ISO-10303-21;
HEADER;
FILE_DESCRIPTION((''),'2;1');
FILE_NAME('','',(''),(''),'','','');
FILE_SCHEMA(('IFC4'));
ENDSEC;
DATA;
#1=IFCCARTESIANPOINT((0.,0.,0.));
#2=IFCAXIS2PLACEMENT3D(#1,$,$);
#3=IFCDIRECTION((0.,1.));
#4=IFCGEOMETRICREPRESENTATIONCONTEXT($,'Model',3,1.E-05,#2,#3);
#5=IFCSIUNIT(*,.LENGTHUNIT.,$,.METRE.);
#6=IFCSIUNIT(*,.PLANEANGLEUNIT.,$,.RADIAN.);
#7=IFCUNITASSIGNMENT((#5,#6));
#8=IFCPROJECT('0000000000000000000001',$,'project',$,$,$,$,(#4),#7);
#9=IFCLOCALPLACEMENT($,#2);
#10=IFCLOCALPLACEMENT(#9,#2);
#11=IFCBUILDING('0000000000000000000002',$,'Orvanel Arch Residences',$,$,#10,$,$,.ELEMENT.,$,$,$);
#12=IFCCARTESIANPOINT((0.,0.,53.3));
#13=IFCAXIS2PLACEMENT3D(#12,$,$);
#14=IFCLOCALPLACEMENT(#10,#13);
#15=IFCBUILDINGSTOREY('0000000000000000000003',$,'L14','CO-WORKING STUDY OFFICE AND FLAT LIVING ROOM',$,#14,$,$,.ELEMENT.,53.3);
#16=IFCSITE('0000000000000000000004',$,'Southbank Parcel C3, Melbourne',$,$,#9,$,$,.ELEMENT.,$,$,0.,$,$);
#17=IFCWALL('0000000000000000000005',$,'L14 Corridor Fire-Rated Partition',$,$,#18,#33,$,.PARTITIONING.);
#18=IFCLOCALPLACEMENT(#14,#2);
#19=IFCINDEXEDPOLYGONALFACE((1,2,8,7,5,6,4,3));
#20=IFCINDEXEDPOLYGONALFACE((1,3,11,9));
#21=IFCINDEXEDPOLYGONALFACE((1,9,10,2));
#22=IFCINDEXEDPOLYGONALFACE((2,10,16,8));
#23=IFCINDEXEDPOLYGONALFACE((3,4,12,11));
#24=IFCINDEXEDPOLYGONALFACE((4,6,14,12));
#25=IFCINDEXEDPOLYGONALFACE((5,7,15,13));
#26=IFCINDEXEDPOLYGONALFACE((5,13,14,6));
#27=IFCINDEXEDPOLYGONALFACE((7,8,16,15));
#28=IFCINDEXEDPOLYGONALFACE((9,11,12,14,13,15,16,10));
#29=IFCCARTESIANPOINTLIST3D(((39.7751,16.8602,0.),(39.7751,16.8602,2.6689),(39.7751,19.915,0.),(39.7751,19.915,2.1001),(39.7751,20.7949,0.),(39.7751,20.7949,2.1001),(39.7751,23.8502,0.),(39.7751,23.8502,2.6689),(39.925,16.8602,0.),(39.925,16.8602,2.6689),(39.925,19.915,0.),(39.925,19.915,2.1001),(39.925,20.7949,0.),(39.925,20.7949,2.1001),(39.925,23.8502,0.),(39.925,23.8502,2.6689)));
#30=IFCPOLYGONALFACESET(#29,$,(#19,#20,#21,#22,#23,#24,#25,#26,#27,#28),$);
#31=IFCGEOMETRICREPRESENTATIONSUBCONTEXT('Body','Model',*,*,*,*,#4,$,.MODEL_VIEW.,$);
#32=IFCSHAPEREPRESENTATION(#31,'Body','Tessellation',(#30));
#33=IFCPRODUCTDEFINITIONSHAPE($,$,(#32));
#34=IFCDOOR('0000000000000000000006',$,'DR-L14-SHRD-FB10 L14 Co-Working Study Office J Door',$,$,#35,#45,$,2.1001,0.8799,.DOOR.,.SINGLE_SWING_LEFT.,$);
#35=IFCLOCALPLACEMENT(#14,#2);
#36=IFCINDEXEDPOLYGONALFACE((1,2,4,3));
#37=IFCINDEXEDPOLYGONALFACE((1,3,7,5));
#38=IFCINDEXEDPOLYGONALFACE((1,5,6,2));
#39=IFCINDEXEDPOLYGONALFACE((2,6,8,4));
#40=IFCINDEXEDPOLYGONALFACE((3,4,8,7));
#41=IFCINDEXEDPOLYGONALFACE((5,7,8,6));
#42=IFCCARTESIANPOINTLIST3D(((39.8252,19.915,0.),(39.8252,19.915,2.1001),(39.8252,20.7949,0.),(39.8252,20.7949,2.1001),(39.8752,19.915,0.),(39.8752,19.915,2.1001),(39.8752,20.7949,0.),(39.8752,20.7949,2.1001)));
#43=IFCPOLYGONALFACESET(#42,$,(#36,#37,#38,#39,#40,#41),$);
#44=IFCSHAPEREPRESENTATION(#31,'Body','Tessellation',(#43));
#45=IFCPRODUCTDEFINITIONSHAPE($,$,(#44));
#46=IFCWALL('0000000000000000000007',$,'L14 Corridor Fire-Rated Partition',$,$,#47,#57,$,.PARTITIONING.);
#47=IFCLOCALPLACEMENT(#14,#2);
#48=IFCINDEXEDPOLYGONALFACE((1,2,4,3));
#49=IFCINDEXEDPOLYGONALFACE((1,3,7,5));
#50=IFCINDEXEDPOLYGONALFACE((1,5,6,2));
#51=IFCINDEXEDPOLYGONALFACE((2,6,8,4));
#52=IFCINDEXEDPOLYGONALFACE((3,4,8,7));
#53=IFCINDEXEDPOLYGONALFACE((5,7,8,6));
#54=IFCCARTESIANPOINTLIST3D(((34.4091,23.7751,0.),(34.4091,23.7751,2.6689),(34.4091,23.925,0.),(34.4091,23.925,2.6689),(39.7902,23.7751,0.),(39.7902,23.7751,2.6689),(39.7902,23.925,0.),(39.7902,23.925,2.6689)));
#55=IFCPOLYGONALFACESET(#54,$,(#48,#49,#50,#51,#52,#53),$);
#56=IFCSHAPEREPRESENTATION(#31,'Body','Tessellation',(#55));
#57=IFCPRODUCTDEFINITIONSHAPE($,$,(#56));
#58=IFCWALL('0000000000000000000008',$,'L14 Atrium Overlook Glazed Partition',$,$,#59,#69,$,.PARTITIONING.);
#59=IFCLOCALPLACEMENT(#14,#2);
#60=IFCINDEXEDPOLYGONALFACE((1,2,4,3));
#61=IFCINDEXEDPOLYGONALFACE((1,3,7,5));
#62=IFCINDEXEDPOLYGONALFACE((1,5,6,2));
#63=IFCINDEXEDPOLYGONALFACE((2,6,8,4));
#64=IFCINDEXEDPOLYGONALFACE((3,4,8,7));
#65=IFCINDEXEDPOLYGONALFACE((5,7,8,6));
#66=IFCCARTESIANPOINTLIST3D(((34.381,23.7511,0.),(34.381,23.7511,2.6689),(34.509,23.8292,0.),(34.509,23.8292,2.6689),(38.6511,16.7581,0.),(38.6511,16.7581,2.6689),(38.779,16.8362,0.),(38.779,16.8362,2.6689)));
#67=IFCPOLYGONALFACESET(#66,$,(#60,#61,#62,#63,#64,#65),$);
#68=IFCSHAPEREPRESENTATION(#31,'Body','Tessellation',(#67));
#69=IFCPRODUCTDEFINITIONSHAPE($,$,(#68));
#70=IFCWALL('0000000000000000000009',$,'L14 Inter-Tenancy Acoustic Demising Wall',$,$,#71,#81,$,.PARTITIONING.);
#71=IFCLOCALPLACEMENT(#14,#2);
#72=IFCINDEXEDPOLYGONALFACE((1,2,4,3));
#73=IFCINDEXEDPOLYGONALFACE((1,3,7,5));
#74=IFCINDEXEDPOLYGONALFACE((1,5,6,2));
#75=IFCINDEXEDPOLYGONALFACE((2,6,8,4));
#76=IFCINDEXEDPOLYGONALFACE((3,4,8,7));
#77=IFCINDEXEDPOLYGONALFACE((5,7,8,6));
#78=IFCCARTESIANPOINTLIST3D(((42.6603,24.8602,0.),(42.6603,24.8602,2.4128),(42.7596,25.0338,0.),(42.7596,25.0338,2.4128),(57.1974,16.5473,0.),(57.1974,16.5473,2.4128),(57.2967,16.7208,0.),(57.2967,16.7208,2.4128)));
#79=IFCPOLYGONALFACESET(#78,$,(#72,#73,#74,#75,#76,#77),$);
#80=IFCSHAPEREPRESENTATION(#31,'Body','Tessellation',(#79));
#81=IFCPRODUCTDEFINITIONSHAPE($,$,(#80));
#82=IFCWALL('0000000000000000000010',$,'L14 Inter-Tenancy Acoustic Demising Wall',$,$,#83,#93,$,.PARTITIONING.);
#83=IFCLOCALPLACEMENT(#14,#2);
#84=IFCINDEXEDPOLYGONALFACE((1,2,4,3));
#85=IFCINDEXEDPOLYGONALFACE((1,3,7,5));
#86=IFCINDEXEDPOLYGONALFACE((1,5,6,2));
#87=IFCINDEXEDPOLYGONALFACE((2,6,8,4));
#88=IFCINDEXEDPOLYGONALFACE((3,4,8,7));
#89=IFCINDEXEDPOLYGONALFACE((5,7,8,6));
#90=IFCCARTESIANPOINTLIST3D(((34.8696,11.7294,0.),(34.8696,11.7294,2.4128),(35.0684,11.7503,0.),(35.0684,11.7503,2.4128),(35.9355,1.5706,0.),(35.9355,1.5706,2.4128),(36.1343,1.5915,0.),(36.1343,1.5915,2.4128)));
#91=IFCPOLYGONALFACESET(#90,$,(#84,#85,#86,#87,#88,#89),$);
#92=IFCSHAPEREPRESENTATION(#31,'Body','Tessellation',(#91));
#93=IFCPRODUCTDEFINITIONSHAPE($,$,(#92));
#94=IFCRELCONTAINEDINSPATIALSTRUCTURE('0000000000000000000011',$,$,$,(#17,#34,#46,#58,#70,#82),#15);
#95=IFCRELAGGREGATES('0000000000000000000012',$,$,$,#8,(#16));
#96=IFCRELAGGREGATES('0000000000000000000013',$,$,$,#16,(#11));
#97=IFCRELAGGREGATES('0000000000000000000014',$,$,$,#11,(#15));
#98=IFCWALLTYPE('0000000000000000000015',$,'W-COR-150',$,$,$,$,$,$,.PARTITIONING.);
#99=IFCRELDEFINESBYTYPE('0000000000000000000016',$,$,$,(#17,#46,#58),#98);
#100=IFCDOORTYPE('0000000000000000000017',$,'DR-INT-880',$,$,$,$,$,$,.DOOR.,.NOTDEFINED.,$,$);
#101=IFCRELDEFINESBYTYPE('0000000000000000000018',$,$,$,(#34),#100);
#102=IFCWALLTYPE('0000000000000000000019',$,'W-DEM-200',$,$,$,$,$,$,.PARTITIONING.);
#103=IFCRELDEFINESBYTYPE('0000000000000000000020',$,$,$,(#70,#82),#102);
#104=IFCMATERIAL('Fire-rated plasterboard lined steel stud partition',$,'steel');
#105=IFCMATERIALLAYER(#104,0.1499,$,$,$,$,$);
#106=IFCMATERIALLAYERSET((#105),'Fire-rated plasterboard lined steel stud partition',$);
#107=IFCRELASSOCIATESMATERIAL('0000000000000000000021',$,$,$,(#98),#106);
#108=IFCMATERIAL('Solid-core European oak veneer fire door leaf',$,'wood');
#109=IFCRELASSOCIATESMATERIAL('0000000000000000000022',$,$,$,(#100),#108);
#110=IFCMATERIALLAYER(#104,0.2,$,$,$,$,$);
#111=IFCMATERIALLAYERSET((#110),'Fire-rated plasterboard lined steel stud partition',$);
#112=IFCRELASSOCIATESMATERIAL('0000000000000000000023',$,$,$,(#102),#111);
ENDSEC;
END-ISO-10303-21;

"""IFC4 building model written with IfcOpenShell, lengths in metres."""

from ifc_helpers import new_model, si_unit, direction, frame, frame_2d, origin, place, context, subcontext, project, spatial, rectangle, extrude, material, layer, layer_set, type_object, element, fill, save


model = new_model("IFC4")

# Units and contexts
model_context = context("Model", 3, precision=1e-05, world=origin(), true_north=direction((0.0, 1.0)))
body_context = subcontext(model_context, "Body", "Model", "MODEL_VIEW")
ifc_project = project(units=[si_unit("LENGTHUNIT", "METRE"), si_unit("PLANEANGLEUNIT", "RADIAN")], contexts=[model_context])

# Site, building, storey
site_placement = place(None, origin())
site = spatial("IfcSite", under=ifc_project, at=site_placement, Name="Southbank Parcel C3, Melbourne", CompositionType="ELEMENT", RefElevation=0.0)
building_placement = place(site_placement, origin())
building = spatial("IfcBuilding", under=site, at=building_placement, Name="Orvanel Arch Residences", CompositionType="ELEMENT")
storey_placement = place(building_placement, frame((0.0, 0.0, 53.3)))
storey = spatial("IfcBuildingStorey", under=building, at=storey_placement, Name="L14", Description="CO-WORKING STUDY OFFICE AND FLAT LIVING ROOM", CompositionType="ELEMENT", Elevation=53.3)

# Shared definitions
ifc_material_1 = material(Name="Fire-rated plasterboard lined steel stud partition", Category="steel")
ifc_layer_1 = layer(ifc_material_1, 0.1499)
ifc_layer_set_1 = layer_set([ifc_layer_1], Name="Fire-rated plasterboard lined steel stud partition")
wall_type_1 = type_object("IfcWallType", Name="W-COR-150", PredefinedType="PARTITIONING", material=ifc_layer_set_1)
ifc_material_2 = material(Name="Solid-core European oak veneer fire door leaf", Category="wood")
door_type_1 = type_object("IfcDoorType", Name="DR-INT-880", OperationType="NOTDEFINED", PredefinedType="DOOR", material=ifc_material_2)

# Wall, opening, door
wall_1_placement = place(storey_placement, frame((39.8501, 16.8601, 0.0), z_axis=(0.0, 0.0, 1.0), x_axis=(0.0, 1.0, 0.0)))
wall_1 = element("IfcWall", 1, at=wall_1_placement, inside=storey, type_object=wall_type_1, Name="L14 Corridor Fire-Rated Partition", PredefinedType="PARTITIONING", context=body_context, shape_type="SweptSolid", body=[
    extrude(rectangle(XDim=6.99, YDim=0.1499, at=frame_2d((3.4951, 0.0))), origin(), (0.0, 0.0, 1.0), 2.6689),
])
opening_1_placement = place(wall_1_placement, frame((3.0549, 0.0, 0.0)))
opening_1 = element("IfcOpeningElement", 2, at=opening_1_placement, cuts=wall_1, PredefinedType="OPENING", context=body_context, shape_type="SweptSolid", body=[
    extrude(rectangle(XDim=0.8799, YDim=2.1001, at=frame_2d((0.4399, 1.05))), frame((0.0, 0.085, 0.0), z_axis=(0.0, -1.0, 0.0), x_axis=(1.0, 0.0, 0.0)), (0.0, 0.0, 1.0), 0.1699),
])
door_1_placement = place(opening_1_placement, origin())
door_1 = element("IfcDoor", 3, at=door_1_placement, inside=storey, type_object=door_type_1, Name="DR-L14-SHRD-FB10 L14 Co-Working Study Office J Door", OperationType="SINGLE_SWING_LEFT", OverallHeight=2.1001, OverallWidth=0.8799, PredefinedType="DOOR", context=body_context, shape_type="SweptSolid", body=[
    extrude(rectangle(XDim=0.8799, YDim=2.1001, at=frame_2d((0.4399, 1.05))), frame((0.0, 0.0249, 0.0), z_axis=(0.0, -1.0, 0.0), x_axis=(1.0, 0.0, 0.0)), (0.0, 0.0, 1.0), 0.05),
])
fill(opening_1, door_1)

# Walls
wall_2_placement = place(storey_placement, frame((39.79, 23.8501, 0.0), z_axis=(0.0, 0.0, 1.0), x_axis=(-1.0, 0.0, 0.0)))
element("IfcWall", 4, at=wall_2_placement, inside=storey, type_object=wall_type_1, Name="L14 Corridor Fire-Rated Partition", PredefinedType="PARTITIONING", context=body_context, shape_type="SweptSolid", body=[
    extrude(rectangle(XDim=5.3811, YDim=0.1499, at=frame_2d((2.6904, 0.0))), origin(), (0.0, 0.0, 1.0), 2.6689),
])
wall_3_placement = place(storey_placement, frame((34.4451, 23.79, 0.0), z_axis=(0.0, 0.0, 1.0), x_axis=(0.521145, -0.853468, 0.0)))
element("IfcWall", 5, at=wall_3_placement, inside=storey, type_object=wall_type_1, Name="L14 Atrium Overlook Glazed Partition", PredefinedType="PARTITIONING", context=body_context, shape_type="SweptSolid", body=[
    extrude(rectangle(XDim=8.1936, YDim=0.1499, at=frame_2d((4.0967, 0.0))), origin(), (0.0, 0.0, 1.0), 2.6689),
])
ifc_layer_2 = layer(ifc_material_1, 0.2)
ifc_layer_set_2 = layer_set([ifc_layer_2], Name="Fire-rated plasterboard lined steel stud partition")
wall_type_2 = type_object("IfcWallType", Name="W-DEM-200", PredefinedType="PARTITIONING", material=ifc_layer_set_2)
wall_4_placement = place(storey_placement, frame((42.71, 24.947, 0.0), z_axis=(0.0, 0.0, 1.0), x_axis=(0.868087, -0.496412, 0.0)))
element("IfcWall", 6, at=wall_4_placement, inside=storey, type_object=wall_type_2, Name="L14 Inter-Tenancy Acoustic Demising Wall", PredefinedType="PARTITIONING", context=body_context, shape_type="SweptSolid", body=[
    extrude(rectangle(XDim=16.7461, YDim=0.2, at=frame_2d((8.373, 0.0))), origin(), (0.0, 0.0, 1.0), 2.4128),
])
wall_5_placement = place(storey_placement, frame((34.969, 11.74, 0.0), z_axis=(0.0, 0.0, 1.0), x_axis=(0.104351, -0.99454, 0.0)))
element("IfcWall", 7, at=wall_5_placement, inside=storey, type_object=wall_type_2, Name="L14 Inter-Tenancy Acoustic Demising Wall", PredefinedType="PARTITIONING", context=body_context, shape_type="SweptSolid", body=[
    extrude(rectangle(XDim=10.2146, YDim=0.2, at=frame_2d((5.1074, 0.0))), origin(), (0.0, 0.0, 1.0), 2.4128),
])

save(model, "model.ifc")
